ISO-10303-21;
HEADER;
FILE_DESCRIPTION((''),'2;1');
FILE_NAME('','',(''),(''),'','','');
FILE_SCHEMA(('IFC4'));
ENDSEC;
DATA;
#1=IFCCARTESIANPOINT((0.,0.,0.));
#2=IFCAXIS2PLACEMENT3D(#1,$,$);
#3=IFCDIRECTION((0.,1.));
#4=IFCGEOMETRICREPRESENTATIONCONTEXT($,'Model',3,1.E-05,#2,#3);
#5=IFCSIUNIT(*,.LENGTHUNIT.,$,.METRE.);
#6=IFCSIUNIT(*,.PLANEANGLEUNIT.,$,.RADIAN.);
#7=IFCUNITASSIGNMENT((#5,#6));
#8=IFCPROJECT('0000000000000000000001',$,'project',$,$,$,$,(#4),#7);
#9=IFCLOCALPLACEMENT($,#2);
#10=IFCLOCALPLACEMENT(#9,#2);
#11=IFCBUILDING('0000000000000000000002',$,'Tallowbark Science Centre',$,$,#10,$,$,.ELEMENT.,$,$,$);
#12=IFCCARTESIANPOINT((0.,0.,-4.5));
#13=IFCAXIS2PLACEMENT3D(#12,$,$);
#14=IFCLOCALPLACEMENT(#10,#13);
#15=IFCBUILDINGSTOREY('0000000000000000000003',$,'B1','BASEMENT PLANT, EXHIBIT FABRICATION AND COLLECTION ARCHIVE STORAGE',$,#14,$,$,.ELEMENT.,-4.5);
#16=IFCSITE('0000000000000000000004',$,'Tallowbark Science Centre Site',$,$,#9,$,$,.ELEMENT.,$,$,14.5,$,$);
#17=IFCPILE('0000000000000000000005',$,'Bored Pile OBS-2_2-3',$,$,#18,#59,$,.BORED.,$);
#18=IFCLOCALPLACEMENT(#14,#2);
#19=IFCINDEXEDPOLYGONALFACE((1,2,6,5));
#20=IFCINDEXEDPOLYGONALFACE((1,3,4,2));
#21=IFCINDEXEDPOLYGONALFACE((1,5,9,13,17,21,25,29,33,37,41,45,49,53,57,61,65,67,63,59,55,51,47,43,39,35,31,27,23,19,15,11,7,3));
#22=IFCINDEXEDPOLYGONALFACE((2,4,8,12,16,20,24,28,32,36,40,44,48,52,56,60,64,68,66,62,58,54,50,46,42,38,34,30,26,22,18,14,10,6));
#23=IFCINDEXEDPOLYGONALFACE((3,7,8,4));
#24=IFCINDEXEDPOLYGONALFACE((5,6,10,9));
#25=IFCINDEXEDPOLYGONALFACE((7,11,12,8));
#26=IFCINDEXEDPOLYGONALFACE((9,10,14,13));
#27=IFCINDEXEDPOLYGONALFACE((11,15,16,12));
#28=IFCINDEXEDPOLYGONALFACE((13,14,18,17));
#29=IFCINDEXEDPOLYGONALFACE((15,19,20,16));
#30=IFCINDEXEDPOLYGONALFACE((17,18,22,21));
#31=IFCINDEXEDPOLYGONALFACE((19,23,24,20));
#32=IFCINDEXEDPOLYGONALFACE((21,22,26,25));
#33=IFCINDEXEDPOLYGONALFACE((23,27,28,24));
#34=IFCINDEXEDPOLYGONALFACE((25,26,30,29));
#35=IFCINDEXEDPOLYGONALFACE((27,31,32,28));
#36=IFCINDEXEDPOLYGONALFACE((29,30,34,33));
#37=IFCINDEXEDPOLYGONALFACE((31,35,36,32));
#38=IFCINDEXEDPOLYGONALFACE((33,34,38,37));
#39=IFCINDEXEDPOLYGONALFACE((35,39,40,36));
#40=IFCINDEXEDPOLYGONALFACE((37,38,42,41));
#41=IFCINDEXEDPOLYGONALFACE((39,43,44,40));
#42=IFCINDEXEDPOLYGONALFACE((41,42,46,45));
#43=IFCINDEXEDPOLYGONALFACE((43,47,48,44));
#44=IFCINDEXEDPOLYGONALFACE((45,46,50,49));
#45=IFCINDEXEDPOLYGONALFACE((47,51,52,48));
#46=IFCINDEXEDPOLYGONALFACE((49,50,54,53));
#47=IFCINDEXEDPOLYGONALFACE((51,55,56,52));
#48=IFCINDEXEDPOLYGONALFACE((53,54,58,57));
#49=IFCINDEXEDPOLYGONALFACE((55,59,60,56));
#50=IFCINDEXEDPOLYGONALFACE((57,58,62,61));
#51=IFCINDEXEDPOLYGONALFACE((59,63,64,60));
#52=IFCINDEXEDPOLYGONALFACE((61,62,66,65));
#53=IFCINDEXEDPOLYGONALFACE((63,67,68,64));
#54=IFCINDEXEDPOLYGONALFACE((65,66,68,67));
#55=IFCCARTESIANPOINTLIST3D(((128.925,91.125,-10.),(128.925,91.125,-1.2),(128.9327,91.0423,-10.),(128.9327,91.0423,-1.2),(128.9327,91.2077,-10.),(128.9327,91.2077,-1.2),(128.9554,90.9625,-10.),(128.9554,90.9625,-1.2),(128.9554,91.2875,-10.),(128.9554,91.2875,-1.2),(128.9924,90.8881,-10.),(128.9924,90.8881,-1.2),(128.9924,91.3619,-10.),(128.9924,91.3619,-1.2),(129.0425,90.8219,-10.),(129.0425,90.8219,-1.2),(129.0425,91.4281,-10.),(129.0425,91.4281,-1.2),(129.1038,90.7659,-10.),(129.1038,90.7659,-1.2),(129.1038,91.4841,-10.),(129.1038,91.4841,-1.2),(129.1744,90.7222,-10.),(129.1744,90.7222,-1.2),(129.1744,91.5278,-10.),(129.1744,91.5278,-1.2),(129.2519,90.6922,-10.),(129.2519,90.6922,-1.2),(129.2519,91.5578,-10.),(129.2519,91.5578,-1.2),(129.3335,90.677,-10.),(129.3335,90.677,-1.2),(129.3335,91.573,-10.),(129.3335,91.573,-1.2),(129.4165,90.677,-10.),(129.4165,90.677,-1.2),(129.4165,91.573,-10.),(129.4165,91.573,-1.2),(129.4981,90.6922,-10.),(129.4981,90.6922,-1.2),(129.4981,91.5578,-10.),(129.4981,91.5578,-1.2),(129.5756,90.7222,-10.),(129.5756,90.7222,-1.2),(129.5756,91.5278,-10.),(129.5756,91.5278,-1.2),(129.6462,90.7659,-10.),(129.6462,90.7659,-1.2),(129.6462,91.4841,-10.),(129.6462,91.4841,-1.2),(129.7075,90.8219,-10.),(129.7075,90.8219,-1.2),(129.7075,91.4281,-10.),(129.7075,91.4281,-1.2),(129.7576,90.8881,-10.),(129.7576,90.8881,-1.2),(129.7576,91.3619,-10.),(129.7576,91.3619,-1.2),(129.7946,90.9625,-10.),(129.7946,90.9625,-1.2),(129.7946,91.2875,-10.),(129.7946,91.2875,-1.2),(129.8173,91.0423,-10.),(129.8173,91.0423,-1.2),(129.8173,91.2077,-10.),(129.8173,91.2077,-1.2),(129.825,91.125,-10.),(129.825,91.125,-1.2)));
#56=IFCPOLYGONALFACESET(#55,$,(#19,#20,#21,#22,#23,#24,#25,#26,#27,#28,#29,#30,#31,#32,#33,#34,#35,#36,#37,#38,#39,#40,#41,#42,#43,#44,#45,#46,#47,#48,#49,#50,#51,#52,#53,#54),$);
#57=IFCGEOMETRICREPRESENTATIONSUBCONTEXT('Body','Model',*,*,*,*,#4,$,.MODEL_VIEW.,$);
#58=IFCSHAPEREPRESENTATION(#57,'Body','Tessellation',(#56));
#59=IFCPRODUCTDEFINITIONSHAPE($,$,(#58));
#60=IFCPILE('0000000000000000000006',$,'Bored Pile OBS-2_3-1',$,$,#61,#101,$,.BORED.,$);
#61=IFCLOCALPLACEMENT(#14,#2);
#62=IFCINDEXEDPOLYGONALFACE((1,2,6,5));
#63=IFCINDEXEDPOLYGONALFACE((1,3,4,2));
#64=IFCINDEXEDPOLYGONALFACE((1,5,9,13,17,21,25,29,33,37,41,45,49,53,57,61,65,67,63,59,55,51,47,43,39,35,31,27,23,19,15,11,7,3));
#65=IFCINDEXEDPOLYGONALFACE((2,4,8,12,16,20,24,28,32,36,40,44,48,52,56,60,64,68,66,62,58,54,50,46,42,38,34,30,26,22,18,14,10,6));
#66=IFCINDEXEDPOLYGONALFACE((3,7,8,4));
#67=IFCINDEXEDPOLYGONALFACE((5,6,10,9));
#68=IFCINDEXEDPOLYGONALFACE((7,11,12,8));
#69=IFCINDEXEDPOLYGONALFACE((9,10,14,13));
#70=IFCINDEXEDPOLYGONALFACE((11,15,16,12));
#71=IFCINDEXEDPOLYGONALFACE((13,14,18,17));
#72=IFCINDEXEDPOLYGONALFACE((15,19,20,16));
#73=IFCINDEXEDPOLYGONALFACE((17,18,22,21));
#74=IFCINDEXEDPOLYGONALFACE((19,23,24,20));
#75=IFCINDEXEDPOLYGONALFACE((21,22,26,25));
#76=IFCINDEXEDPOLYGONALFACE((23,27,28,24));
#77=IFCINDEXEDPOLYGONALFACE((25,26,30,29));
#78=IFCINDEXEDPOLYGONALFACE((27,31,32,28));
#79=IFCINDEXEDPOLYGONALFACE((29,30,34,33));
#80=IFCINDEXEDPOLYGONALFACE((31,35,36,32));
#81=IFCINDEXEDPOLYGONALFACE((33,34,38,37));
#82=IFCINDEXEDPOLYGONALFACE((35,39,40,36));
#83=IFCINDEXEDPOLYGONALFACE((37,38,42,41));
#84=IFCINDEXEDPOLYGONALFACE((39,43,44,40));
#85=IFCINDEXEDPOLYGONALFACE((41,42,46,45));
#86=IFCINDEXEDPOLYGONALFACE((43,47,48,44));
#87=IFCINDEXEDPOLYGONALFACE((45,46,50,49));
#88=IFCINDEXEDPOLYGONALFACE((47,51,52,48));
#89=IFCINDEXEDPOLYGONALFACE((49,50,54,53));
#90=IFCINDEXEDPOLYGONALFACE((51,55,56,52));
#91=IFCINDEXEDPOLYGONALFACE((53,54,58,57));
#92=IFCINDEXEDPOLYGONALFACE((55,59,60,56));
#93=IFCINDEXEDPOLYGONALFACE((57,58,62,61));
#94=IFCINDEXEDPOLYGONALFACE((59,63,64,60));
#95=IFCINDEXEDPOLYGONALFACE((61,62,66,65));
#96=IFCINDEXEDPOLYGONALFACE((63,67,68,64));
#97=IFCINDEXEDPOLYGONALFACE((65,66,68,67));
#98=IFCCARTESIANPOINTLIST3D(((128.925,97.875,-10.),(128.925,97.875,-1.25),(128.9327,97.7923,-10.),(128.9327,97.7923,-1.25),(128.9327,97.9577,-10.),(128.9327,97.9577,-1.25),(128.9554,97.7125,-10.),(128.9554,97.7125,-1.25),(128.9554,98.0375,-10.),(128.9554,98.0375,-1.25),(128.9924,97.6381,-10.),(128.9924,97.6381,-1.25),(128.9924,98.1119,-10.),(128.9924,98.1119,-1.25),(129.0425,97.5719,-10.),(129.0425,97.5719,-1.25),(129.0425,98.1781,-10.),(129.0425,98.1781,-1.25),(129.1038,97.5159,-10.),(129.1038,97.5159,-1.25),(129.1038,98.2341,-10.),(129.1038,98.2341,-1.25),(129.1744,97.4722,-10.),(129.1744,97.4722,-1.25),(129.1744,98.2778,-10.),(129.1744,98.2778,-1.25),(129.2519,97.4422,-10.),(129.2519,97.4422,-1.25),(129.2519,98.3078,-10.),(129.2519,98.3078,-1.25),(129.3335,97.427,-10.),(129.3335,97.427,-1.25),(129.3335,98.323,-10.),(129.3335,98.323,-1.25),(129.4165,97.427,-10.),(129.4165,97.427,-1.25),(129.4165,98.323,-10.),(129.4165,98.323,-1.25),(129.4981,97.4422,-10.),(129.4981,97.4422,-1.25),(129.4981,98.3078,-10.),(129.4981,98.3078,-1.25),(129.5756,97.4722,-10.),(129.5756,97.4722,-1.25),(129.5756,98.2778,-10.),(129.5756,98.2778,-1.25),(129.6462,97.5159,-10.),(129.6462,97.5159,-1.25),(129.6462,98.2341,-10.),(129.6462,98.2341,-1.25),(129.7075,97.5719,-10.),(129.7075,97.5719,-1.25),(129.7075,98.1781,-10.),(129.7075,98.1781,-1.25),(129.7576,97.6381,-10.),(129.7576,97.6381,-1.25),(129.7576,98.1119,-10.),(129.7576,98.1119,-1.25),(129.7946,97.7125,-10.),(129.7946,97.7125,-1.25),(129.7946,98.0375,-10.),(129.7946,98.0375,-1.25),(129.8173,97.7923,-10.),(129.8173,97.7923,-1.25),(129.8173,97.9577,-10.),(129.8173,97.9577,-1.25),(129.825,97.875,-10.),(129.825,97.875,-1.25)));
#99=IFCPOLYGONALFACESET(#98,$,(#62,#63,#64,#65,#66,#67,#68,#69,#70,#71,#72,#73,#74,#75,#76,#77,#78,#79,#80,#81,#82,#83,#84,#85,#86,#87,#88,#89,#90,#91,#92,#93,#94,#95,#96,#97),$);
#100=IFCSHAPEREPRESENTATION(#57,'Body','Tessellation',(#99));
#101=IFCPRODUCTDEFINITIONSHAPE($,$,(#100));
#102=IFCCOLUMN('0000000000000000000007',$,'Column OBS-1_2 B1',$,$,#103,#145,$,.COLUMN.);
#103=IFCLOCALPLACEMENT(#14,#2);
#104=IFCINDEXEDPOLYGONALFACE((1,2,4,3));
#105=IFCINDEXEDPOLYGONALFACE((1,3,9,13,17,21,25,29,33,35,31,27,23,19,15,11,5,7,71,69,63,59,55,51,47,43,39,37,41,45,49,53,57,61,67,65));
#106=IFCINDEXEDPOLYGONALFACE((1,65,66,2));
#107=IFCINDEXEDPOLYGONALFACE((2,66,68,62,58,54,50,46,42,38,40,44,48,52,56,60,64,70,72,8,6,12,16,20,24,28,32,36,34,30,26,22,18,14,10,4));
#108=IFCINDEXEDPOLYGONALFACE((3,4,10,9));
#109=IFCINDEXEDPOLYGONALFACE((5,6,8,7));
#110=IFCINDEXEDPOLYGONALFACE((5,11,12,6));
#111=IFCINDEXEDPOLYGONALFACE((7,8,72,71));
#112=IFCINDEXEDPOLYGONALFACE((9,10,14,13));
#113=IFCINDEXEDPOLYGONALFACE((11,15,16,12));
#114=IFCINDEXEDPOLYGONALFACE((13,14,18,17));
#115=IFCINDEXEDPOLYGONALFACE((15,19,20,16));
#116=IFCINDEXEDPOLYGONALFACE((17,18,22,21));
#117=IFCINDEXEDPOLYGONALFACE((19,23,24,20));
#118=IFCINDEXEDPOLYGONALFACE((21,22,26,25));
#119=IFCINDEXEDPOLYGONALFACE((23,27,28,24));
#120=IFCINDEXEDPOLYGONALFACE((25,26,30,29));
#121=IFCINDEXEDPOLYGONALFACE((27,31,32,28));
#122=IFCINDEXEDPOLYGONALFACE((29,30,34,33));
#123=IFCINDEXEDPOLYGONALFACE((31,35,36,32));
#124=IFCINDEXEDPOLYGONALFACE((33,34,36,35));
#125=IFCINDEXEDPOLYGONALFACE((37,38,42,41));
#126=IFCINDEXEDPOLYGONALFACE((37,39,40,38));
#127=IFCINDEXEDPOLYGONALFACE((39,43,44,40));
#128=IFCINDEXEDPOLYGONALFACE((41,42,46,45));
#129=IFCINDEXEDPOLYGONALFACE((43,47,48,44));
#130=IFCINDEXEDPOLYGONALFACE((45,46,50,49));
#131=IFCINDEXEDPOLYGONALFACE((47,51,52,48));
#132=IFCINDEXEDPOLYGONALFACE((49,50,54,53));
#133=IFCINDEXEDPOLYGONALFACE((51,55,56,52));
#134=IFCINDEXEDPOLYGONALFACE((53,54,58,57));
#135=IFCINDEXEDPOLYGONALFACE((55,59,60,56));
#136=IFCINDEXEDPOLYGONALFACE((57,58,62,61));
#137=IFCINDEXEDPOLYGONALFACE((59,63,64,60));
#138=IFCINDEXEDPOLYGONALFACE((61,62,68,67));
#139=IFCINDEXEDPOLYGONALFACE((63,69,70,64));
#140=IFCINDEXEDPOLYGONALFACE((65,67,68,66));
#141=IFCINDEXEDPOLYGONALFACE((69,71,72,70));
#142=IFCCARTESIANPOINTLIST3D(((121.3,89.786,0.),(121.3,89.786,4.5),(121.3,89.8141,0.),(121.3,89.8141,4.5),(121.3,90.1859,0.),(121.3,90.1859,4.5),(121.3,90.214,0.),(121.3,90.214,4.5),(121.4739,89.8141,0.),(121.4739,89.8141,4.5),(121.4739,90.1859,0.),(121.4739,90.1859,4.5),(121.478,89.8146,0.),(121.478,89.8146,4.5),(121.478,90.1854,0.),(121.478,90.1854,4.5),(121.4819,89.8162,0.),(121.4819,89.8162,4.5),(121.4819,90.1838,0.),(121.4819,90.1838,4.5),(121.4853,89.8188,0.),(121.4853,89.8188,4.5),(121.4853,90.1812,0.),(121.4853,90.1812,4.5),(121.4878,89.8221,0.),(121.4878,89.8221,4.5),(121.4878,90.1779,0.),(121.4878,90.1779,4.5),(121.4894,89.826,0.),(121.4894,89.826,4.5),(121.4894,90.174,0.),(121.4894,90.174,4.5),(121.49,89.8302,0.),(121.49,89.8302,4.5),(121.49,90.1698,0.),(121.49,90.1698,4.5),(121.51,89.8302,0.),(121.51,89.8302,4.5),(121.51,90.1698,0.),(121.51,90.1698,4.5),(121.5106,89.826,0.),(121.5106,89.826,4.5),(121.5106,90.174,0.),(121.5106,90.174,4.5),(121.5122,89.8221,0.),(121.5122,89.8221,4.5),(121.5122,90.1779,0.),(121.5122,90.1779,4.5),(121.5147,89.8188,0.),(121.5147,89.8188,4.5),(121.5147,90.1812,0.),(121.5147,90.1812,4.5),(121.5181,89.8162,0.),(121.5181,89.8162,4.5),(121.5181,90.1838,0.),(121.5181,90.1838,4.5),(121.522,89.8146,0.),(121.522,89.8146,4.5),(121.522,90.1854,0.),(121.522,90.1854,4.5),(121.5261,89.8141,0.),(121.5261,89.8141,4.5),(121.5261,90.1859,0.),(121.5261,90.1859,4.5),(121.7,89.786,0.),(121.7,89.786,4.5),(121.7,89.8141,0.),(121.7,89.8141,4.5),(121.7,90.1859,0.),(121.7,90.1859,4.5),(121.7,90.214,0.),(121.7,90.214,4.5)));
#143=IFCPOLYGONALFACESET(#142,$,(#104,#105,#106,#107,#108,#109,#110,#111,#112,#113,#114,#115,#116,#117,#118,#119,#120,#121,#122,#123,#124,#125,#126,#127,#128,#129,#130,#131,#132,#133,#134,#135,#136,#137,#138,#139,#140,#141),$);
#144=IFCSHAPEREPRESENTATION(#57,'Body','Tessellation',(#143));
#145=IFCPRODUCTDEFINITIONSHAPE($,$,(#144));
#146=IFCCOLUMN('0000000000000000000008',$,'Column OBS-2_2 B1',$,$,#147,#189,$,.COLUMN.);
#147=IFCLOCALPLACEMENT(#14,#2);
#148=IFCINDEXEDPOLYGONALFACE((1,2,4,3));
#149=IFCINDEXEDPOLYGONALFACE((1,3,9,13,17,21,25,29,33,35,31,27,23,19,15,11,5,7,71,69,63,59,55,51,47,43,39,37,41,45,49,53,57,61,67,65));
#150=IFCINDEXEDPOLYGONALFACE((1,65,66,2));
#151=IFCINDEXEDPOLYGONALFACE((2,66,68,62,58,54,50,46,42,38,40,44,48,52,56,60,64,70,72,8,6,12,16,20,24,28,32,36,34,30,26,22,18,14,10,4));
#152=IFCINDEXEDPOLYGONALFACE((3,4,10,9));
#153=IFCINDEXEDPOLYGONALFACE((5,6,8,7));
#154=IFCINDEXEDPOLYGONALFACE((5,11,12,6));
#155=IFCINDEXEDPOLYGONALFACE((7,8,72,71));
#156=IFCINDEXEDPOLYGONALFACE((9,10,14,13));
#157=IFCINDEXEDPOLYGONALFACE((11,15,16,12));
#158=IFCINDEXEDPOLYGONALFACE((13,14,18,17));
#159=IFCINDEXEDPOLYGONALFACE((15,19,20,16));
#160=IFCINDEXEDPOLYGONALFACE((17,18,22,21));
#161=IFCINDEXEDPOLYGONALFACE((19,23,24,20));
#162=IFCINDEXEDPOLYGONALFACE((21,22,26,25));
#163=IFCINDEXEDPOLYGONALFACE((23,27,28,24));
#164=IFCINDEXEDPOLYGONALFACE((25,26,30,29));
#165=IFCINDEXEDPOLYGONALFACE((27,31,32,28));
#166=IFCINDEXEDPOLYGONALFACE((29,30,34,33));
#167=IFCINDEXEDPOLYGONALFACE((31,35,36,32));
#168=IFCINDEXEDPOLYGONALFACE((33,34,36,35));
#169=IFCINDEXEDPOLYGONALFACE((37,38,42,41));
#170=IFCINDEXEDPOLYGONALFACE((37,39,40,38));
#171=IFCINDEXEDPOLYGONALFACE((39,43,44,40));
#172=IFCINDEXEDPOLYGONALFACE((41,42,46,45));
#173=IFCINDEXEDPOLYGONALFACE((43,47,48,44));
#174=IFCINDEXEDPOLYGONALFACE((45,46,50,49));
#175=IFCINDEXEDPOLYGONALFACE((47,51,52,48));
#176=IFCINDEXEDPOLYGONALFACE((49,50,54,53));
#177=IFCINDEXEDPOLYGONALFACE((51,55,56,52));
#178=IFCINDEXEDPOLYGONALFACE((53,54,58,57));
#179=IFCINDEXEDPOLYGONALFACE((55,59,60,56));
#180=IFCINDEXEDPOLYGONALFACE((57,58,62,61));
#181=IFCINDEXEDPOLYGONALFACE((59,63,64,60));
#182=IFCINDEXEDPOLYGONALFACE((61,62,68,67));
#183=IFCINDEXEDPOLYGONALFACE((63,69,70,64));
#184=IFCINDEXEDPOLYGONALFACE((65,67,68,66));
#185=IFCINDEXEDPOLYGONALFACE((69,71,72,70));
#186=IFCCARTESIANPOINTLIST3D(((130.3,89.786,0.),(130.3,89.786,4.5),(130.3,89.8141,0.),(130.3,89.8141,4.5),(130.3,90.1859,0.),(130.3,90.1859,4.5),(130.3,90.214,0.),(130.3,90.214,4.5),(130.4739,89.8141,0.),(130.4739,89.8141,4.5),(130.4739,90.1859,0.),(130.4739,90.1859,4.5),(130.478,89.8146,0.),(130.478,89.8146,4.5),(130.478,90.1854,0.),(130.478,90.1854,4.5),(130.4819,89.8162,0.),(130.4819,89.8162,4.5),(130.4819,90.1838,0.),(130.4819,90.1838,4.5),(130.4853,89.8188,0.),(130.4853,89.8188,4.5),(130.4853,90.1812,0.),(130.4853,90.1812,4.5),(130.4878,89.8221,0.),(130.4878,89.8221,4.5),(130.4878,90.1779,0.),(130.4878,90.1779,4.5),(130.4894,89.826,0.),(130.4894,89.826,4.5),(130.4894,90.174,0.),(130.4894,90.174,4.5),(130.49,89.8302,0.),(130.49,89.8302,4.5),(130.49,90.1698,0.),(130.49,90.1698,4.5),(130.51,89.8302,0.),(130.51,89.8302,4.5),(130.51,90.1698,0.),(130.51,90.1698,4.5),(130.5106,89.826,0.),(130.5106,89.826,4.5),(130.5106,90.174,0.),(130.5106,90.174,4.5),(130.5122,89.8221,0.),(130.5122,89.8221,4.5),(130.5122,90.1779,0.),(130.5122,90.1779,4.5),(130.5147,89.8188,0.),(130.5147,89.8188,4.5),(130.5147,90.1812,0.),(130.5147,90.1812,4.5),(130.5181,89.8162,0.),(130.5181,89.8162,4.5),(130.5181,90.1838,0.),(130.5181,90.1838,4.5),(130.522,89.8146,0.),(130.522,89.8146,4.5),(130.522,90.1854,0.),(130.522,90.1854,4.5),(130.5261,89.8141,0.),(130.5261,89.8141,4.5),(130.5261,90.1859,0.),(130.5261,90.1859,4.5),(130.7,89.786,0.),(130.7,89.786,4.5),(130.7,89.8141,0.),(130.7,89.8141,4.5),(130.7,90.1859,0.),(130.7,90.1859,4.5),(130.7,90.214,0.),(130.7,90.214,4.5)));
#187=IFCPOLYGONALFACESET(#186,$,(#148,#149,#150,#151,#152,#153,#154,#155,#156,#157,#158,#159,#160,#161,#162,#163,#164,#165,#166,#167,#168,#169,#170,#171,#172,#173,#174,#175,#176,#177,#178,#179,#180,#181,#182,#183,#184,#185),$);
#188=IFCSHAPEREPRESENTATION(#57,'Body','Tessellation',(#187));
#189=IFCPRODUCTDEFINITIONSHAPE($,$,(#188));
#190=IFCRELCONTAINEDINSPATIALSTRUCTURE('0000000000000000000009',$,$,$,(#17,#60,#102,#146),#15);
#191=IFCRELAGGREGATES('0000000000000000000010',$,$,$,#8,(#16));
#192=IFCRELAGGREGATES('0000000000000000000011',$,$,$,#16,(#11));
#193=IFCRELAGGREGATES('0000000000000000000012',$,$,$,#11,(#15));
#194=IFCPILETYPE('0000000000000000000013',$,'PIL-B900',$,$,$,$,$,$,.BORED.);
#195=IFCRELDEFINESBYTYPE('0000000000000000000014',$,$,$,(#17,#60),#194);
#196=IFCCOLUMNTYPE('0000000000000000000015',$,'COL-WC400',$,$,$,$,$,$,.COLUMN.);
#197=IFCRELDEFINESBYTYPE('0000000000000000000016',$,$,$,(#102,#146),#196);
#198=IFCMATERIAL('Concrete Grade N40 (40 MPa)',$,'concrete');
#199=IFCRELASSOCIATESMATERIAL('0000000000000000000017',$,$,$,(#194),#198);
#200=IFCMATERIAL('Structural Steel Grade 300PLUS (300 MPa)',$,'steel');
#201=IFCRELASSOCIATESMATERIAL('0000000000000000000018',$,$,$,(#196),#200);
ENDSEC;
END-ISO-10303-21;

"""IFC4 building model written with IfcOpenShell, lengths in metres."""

from ifc_helpers import new_model, si_unit, direction, frame, origin, origin_2d, place, context, subcontext, project, spatial, circle, i_section, extrude, material, material_profile, profile_set, type_object, element, save


model = new_model("IFC4")

# Units and contexts
model_context = context("Model", 3, precision=1e-05, world=origin(), true_north=direction((0.0, 1.0)))
body_context = subcontext(model_context, "Body", "Model", "MODEL_VIEW")
ifc_project = project(units=[si_unit("LENGTHUNIT", "METRE"), si_unit("PLANEANGLEUNIT", "RADIAN")], contexts=[model_context])

# Site, building, storey
site_placement = place(None, origin())
site = spatial("IfcSite", under=ifc_project, at=site_placement, Name="Tallowbark Science Centre Site", CompositionType="ELEMENT", RefElevation=14.5)
building_placement = place(site_placement, origin())
building = spatial("IfcBuilding", under=site, at=building_placement, Name="Tallowbark Science Centre", CompositionType="ELEMENT")
storey_placement = place(building_placement, frame((0.0, 0.0, -4.5)))
storey = spatial("IfcBuildingStorey", under=building, at=storey_placement, Name="B1", Description="BASEMENT PLANT, EXHIBIT FABRICATION AND COLLECTION ARCHIVE STORAGE", CompositionType="ELEMENT", Elevation=-4.5)

# Shared definitions
ifc_material_1 = material(Name="Concrete Grade N40 (40 MPa)", Category="concrete")

# Piles
ifc_material_profile_1 = material_profile(ifc_material_1, circle(Radius=0.45, at=origin_2d()), Name="PILE900")
ifc_profile_set_1 = profile_set([ifc_material_profile_1], Name="Concrete Grade N40 (40 MPa)")
pile_type_1 = type_object("IfcPileType", Name="PIL-B900", PredefinedType="BORED", material=ifc_profile_set_1)
pile_1_placement = place(storey_placement, frame((129.375, 91.125, -1.2), z_axis=(0.0, 0.0, -1.0), x_axis=(1.0, 0.0, 0.0)))
element("IfcPile", 1, at=pile_1_placement, inside=storey, type_object=pile_type_1, Name="Bored Pile OBS-2_2-3", PredefinedType="BORED", context=body_context, shape_type="SweptSolid", body=[
    extrude(circle(Radius=0.45, at=origin_2d()), origin(), (0.0, 0.0, 1.0), 8.8),
])
pile_2_placement = place(storey_placement, frame((129.375, 97.875, -1.25), z_axis=(0.0, 0.0, -1.0), x_axis=(1.0, 0.0, 0.0)))
element("IfcPile", 2, at=pile_2_placement, inside=storey, type_object=pile_type_1, Name="Bored Pile OBS-2_3-1", PredefinedType="BORED", context=body_context, shape_type="SweptSolid", body=[
    extrude(circle(Radius=0.45, at=origin_2d()), origin(), (0.0, 0.0, 1.0), 8.75),
])

# Columns
ifc_material_2 = material(Name="Structural Steel Grade 300PLUS (300 MPa)", Category="steel")
ifc_material_profile_2 = material_profile(ifc_material_2, i_section(OverallWidth=0.3999, OverallDepth=0.428, WebThickness=0.02, FlangeThickness=0.0281, FilletRadius=0.0161, at=origin_2d()), Name="400WC270")
ifc_profile_set_2 = profile_set([ifc_material_profile_2], Name="Structural Steel Grade 300PLUS (300 MPa)")
column_type = type_object("IfcColumnType", Name="COL-WC400", PredefinedType="COLUMN", material=ifc_profile_set_2)
for number, where, z_axis, x_axis, name in (
    (3, (121.5, 90.0, 0.0), (0.0, 0.0, 1.0), (1.0, 0.0, 0.0), "Column OBS-1_2 B1"),
    (4, (130.5, 90.0, 0.0), (0.0, 0.0, 1.0), (1.0, 0.0, 0.0), "Column OBS-2_2 B1"),
):
    element("IfcColumn", number, at=place(storey_placement, frame(where, z_axis=z_axis, x_axis=x_axis)), inside=storey, type_object=column_type, Name=name, PredefinedType="COLUMN", context=body_context, shape_type="SweptSolid", body=[
        extrude(i_section(OverallWidth=0.3999, OverallDepth=0.428, WebThickness=0.02, FlangeThickness=0.0281, FilletRadius=0.0161, at=origin_2d()), origin(), (0.0, 0.0, 1.0), 4.5),
    ])

save(model, "model.ifc")
